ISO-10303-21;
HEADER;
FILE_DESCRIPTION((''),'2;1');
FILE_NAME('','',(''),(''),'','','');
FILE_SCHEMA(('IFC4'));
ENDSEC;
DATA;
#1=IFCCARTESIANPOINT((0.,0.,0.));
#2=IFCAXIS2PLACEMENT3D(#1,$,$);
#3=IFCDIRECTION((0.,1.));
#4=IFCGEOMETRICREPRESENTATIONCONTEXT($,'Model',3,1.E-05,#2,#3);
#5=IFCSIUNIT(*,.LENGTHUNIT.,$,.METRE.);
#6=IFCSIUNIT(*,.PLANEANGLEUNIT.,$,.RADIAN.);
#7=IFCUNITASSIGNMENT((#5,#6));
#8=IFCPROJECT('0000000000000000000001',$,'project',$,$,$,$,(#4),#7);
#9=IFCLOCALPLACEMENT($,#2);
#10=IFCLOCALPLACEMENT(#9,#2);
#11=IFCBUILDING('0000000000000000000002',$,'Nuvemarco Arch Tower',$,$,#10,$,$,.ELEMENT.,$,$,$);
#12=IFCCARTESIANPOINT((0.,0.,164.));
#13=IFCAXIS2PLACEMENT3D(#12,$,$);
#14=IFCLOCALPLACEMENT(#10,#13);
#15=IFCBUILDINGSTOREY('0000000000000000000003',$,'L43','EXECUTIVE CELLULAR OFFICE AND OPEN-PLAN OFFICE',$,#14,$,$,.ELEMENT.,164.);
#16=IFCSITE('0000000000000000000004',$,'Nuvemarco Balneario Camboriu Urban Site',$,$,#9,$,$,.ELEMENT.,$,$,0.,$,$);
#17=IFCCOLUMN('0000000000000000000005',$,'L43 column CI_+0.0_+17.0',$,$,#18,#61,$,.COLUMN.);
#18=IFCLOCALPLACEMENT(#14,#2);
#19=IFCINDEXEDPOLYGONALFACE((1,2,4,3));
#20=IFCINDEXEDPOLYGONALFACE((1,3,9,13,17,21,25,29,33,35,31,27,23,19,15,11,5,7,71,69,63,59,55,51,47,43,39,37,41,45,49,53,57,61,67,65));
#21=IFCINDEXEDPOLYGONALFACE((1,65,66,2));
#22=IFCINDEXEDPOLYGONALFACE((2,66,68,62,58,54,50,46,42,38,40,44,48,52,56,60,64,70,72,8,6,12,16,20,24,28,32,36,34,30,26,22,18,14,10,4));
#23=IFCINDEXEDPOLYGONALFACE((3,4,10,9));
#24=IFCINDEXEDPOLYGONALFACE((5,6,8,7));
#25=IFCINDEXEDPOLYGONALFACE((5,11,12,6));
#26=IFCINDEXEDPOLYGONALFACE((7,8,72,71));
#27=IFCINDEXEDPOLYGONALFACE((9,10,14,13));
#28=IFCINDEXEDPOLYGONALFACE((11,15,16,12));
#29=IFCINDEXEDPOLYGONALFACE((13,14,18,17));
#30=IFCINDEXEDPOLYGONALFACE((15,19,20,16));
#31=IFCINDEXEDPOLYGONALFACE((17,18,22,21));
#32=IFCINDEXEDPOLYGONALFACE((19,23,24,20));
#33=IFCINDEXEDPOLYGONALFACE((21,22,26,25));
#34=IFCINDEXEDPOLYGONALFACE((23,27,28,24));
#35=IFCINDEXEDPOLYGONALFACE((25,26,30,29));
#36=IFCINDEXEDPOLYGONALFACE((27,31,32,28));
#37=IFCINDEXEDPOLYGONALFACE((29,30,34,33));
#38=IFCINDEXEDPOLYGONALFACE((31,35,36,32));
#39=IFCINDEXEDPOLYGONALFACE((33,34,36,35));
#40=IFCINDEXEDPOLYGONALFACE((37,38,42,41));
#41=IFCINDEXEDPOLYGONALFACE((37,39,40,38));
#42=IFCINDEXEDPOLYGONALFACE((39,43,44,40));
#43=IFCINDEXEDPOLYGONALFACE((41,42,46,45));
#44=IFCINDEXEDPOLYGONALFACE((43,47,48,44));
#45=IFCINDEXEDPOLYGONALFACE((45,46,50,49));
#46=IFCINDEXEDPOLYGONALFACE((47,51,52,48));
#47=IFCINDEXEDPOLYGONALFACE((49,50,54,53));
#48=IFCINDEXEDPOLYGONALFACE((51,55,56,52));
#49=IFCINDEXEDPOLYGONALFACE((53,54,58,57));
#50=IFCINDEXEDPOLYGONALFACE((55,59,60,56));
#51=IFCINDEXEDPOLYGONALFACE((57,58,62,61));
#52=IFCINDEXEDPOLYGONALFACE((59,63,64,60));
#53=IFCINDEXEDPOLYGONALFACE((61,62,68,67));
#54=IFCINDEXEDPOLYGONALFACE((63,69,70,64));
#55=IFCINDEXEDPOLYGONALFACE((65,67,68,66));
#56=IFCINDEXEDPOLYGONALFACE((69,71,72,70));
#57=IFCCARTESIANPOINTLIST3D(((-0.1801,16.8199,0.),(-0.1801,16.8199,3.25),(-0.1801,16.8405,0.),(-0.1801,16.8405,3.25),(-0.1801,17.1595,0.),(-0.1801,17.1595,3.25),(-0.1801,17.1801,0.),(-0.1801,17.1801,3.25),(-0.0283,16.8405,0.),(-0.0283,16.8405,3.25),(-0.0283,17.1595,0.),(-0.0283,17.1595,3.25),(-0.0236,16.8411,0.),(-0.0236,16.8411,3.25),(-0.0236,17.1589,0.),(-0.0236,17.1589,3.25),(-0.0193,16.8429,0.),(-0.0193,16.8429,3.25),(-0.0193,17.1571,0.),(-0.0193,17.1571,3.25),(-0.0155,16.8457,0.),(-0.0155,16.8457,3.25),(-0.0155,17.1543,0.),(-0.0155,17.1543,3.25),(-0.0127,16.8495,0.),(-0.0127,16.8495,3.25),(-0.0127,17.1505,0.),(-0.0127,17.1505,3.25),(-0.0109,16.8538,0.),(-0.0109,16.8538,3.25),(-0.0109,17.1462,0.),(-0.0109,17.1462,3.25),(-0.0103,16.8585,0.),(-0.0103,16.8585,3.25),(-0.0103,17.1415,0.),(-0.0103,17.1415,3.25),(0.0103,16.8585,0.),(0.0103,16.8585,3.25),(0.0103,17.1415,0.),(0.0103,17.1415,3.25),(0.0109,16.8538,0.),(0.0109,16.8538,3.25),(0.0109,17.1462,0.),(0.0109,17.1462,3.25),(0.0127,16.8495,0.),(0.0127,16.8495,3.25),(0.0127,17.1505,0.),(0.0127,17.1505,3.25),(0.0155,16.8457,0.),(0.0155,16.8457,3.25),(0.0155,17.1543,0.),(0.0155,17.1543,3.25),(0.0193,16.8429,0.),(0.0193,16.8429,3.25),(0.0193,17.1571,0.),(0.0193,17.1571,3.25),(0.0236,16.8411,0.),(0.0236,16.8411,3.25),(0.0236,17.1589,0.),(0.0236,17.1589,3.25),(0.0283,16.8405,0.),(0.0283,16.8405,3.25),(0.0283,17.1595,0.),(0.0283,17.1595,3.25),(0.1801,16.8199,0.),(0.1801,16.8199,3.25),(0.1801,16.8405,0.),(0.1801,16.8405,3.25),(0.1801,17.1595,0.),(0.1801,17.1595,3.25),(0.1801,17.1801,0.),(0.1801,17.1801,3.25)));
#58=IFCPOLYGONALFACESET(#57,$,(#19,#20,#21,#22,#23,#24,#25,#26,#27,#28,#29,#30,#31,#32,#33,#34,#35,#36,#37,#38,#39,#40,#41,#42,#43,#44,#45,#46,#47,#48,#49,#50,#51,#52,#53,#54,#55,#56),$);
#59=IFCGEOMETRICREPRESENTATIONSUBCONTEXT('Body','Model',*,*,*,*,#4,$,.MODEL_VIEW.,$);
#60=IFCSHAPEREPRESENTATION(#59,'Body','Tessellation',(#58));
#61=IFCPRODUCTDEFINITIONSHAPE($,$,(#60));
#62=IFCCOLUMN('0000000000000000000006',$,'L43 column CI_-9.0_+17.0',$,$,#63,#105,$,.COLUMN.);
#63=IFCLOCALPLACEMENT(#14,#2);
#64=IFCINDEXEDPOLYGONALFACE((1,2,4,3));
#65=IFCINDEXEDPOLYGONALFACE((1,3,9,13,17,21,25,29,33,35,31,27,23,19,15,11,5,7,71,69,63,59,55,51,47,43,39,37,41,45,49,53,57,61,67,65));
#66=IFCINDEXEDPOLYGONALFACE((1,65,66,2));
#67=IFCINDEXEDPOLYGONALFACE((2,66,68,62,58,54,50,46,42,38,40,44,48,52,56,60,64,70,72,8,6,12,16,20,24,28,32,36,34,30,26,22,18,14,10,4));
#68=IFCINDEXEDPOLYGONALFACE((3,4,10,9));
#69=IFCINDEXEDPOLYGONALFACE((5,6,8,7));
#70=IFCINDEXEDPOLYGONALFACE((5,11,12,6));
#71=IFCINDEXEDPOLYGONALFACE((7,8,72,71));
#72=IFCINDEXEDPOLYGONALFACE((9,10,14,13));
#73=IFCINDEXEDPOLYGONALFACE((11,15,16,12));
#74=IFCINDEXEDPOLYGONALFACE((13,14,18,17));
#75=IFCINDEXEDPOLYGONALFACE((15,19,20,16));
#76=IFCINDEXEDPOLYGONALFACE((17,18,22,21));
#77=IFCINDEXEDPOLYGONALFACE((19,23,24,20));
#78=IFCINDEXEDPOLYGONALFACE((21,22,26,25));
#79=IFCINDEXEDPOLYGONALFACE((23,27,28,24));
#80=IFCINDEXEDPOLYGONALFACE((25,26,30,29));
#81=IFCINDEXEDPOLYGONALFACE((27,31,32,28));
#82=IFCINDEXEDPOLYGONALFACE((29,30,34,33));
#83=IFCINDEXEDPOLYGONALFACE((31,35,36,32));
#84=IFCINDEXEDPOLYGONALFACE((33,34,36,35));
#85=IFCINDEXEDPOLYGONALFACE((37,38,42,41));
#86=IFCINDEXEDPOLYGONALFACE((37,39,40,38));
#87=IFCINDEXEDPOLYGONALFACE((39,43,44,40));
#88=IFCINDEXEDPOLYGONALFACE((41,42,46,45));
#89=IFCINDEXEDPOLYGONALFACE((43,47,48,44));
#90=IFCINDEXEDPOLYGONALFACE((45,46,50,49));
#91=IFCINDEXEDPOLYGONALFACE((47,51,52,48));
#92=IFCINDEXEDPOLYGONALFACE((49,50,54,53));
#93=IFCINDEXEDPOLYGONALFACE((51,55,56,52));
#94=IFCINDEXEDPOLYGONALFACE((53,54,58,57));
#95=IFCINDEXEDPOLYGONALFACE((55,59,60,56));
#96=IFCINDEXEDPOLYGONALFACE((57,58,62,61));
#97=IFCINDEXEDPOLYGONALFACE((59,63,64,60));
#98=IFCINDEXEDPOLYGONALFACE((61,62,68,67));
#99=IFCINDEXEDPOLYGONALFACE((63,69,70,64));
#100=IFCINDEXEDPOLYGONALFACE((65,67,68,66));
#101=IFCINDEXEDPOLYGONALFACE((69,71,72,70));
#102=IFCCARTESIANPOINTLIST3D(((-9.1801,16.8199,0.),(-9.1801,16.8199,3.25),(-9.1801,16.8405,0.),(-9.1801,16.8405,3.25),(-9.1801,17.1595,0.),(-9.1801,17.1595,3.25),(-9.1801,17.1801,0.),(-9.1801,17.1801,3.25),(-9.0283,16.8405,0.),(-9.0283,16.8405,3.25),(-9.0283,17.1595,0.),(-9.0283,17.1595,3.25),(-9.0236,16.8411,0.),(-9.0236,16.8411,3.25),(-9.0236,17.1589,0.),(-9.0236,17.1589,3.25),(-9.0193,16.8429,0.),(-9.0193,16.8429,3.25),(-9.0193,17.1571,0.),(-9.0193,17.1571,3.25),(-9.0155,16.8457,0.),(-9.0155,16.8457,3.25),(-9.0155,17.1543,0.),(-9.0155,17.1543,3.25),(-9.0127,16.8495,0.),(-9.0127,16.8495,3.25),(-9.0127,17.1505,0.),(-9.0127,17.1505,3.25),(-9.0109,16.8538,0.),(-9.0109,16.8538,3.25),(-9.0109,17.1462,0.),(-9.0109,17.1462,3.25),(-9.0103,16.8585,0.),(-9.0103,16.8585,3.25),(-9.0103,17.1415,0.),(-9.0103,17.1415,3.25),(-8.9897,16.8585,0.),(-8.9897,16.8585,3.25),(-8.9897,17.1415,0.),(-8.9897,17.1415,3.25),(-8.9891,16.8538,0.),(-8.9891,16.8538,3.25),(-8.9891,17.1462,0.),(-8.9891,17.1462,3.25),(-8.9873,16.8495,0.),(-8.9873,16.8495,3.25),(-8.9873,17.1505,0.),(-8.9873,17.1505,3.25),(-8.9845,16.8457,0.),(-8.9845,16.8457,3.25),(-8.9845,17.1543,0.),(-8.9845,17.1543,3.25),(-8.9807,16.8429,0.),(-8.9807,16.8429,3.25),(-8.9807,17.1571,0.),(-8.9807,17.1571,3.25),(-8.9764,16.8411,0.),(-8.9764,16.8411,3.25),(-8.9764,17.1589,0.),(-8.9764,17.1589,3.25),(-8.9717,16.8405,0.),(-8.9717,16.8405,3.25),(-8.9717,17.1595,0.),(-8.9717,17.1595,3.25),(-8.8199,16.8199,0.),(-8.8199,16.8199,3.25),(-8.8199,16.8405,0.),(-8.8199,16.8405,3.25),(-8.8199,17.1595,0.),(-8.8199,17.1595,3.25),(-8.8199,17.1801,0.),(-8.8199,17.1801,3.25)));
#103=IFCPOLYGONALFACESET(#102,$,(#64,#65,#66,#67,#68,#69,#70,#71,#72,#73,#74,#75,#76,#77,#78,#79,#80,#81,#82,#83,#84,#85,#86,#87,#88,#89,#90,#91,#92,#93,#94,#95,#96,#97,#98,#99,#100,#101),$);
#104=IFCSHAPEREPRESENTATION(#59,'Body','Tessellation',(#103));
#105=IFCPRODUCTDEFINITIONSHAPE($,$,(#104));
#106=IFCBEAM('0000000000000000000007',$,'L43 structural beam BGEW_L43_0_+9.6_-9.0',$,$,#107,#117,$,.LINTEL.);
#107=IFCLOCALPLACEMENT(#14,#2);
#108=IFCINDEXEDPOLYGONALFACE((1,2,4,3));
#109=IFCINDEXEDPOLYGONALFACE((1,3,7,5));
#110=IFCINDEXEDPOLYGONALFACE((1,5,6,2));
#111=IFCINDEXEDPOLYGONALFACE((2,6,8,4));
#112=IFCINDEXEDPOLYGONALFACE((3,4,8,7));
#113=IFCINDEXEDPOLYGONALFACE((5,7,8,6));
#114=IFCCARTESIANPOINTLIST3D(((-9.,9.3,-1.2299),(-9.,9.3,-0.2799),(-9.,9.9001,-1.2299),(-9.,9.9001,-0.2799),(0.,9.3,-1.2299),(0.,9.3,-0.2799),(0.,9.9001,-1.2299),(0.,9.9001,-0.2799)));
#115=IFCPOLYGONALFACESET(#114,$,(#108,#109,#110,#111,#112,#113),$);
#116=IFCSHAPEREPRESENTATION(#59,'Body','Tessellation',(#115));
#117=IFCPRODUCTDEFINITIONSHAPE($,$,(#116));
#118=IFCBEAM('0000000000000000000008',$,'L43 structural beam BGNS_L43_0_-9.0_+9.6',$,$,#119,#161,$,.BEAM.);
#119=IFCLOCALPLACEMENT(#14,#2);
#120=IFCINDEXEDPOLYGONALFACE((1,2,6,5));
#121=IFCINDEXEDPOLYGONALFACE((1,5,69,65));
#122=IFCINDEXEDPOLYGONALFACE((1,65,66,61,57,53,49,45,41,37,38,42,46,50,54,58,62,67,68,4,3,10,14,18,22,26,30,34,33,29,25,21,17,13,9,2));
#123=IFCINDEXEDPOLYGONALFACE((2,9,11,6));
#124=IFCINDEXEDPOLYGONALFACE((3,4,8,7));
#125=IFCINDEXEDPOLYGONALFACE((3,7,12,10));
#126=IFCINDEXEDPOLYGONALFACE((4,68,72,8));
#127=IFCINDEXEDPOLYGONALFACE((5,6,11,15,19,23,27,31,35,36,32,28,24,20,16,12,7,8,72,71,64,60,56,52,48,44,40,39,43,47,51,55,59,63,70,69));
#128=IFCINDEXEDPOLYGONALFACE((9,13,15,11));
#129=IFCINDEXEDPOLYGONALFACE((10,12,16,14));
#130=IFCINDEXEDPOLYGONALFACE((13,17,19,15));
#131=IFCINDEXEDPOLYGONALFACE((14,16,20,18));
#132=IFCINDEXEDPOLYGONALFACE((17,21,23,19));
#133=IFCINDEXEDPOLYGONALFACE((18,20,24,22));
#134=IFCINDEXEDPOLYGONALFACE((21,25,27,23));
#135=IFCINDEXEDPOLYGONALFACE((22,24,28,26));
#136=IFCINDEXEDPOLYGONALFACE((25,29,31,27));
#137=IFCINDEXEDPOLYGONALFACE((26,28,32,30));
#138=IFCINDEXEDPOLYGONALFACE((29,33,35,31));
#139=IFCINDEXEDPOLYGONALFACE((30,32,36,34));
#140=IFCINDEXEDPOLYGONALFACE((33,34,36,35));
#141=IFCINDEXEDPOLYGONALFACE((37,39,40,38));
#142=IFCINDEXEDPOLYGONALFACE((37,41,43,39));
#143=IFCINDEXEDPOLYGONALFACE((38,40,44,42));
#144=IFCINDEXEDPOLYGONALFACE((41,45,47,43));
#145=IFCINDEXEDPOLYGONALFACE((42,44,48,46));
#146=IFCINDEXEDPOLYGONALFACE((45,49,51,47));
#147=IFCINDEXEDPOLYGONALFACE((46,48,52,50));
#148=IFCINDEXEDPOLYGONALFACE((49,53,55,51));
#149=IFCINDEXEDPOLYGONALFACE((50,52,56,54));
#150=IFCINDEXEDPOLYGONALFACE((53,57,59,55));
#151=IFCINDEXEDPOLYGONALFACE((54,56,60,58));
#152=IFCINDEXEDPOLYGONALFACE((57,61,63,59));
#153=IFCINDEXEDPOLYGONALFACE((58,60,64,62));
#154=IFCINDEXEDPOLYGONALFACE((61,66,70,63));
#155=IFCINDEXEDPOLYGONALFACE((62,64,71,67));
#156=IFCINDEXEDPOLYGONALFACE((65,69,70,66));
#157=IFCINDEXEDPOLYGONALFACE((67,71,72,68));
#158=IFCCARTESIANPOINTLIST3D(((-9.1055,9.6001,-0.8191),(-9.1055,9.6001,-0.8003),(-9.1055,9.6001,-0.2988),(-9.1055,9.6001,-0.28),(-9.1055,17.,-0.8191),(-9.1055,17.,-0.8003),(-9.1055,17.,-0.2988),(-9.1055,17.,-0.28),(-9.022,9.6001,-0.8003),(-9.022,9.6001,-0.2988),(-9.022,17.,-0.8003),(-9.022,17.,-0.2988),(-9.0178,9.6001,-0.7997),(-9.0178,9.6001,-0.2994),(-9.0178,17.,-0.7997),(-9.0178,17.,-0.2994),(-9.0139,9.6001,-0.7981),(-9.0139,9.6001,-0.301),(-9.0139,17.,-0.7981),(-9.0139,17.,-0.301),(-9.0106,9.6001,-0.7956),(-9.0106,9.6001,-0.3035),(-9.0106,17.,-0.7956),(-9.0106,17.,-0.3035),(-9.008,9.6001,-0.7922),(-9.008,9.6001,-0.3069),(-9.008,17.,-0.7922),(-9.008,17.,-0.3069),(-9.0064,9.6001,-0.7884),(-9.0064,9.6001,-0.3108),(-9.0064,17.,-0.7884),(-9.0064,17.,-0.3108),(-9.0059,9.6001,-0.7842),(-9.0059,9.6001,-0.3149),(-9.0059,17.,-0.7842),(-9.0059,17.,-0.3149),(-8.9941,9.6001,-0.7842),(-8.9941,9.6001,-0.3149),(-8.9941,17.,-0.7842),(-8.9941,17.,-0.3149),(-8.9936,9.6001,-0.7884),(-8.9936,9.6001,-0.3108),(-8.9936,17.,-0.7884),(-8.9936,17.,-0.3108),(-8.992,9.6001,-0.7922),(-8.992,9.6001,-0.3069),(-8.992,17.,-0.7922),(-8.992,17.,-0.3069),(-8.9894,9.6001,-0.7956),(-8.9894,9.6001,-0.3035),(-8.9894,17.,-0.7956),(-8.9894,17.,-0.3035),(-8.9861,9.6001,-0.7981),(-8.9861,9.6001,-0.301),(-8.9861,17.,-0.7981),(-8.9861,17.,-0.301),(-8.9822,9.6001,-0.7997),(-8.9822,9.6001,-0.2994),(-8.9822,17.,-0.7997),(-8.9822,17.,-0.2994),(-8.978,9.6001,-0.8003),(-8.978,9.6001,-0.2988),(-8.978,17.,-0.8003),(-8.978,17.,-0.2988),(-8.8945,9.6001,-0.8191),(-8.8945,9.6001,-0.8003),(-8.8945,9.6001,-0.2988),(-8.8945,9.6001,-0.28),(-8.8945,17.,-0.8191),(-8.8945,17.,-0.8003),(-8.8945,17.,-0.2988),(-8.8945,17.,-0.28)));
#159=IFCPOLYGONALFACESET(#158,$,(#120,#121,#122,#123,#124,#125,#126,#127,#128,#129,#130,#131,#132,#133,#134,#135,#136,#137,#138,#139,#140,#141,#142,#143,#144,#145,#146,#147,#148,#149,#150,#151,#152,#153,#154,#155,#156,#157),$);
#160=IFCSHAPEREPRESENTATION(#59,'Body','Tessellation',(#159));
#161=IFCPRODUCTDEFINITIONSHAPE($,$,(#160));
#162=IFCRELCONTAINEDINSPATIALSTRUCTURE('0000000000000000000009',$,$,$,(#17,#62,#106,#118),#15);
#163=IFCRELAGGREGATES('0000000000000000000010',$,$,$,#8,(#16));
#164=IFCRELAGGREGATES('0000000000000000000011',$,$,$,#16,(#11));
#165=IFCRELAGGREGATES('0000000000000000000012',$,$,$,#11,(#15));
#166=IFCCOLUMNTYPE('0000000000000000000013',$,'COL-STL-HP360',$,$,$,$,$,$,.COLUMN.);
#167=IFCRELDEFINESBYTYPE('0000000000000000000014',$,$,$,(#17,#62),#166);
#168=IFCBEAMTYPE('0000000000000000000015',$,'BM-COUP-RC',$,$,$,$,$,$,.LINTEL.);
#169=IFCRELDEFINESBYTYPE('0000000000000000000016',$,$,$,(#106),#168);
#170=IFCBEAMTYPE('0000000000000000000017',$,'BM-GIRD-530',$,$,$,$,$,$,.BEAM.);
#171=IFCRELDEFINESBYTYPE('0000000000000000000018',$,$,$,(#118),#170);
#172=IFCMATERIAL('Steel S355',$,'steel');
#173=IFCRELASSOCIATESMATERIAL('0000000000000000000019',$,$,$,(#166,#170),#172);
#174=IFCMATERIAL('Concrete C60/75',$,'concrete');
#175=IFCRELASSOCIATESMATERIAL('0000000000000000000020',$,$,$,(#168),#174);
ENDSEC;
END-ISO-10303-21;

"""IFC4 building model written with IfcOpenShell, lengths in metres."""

from ifc_helpers import new_model, si_unit, direction, frame, origin, origin_2d, place, context, subcontext, project, spatial, rectangle, i_section, extrude, material, material_profile, profile_set, type_object, element, save


model = new_model("IFC4")

# Units and contexts
model_context = context("Model", 3, precision=1e-05, world=origin(), true_north=direction((0.0, 1.0)))
body_context = subcontext(model_context, "Body", "Model", "MODEL_VIEW")
ifc_project = project(units=[si_unit("LENGTHUNIT", "METRE"), si_unit("PLANEANGLEUNIT", "RADIAN")], contexts=[model_context])

# Site, building, storey
site_placement = place(None, origin())
site = spatial("IfcSite", under=ifc_project, at=site_placement, Name="Nuvemarco Balneario Camboriu Urban Site", CompositionType="ELEMENT", RefElevation=0.0)
building_placement = place(site_placement, origin())
building = spatial("IfcBuilding", under=site, at=building_placement, Name="Nuvemarco Arch Tower", CompositionType="ELEMENT")
storey_placement = place(building_placement, frame((0.0, 0.0, 164.0)))
storey = spatial("IfcBuildingStorey", under=building, at=storey_placement, Name="L43", Description="EXECUTIVE CELLULAR OFFICE AND OPEN-PLAN OFFICE", CompositionType="ELEMENT", Elevation=164.0)

# Columns
ifc_material_1 = material(Name="Steel S355", Category="steel")
ifc_material_profile_1 = material_profile(ifc_material_1, i_section(OverallWidth=0.3601, OverallDepth=0.3601, WebThickness=0.0205, FlangeThickness=0.0205, FilletRadius=0.0181, at=origin_2d()), Name="HP360x174")
ifc_profile_set_1 = profile_set([ifc_material_profile_1], Name="Steel S355")
column_type_1 = type_object("IfcColumnType", Name="COL-STL-HP360", PredefinedType="COLUMN", material=ifc_profile_set_1)
for number, where, z_axis, x_axis, name in (
    (1, (0.0, 17.0, 0.0), (0.0, 0.0, 1.0), (1.0, 0.0, 0.0), "L43 column CI_+0.0_+17.0"),
    (2, (-9.0, 17.0, 0.0), (0.0, 0.0, 1.0), (1.0, 0.0, 0.0), "L43 column CI_-9.0_+17.0"),
):
    element("IfcColumn", number, at=place(storey_placement, frame(where, z_axis=z_axis, x_axis=x_axis)), inside=storey, type_object=column_type_1, Name=name, PredefinedType="COLUMN", context=body_context, shape_type="SweptSolid", body=[
        extrude(i_section(OverallWidth=0.3601, OverallDepth=0.3601, WebThickness=0.0205, FlangeThickness=0.0205, FilletRadius=0.0181, at=origin_2d()), origin(), (0.0, 0.0, 1.0), 3.25),
    ])

# Beams
ifc_material_2 = material(Name="Concrete C60/75", Category="concrete")
ifc_material_profile_2 = material_profile(ifc_material_2, rectangle(XDim=0.6001, YDim=0.95, at=origin_2d()), Name="RC-BM-600x950")
ifc_profile_set_2 = profile_set([ifc_material_profile_2], Name="Concrete C60/75")
beam_type_1 = type_object("IfcBeamType", Name="BM-COUP-RC", PredefinedType="LINTEL", material=ifc_profile_set_2)
beam_1_placement = place(storey_placement, frame((-9.0, 9.6001, -0.7549), z_axis=(1.0, 0.0, 0.0), x_axis=(0.0, 1.0, 0.0)))
element("IfcBeam", 3, at=beam_1_placement, inside=storey, type_object=beam_type_1, Name="L43 structural beam BGEW_L43_0_+9.6_-9.0", PredefinedType="LINTEL", context=body_context, shape_type="SweptSolid", body=[
    extrude(rectangle(XDim=0.6001, YDim=0.95, at=origin_2d()), origin(), (0.0, 0.0, 1.0), 9.0),
])
ifc_material_profile_3 = material_profile(ifc_material_1, i_section(OverallWidth=0.2109, OverallDepth=0.5391, WebThickness=0.0117, FlangeThickness=0.0188, FilletRadius=0.0161, at=origin_2d()), Name="W530x109")
ifc_profile_set_3 = profile_set([ifc_material_profile_3], Name="Steel S355")
beam_type_2 = type_object("IfcBeamType", Name="BM-GIRD-530", PredefinedType="BEAM", material=ifc_profile_set_3)
beam_2_placement = place(storey_placement, frame((-9.0, 9.6001, -0.5496), z_axis=(0.0, 1.0, 0.0), x_axis=(-1.0, 0.0, 0.0)))
element("IfcBeam", 4, at=beam_2_placement, inside=storey, type_object=beam_type_2, Name="L43 structural beam BGNS_L43_0_-9.0_+9.6", PredefinedType="BEAM", context=body_context, shape_type="SweptSolid", body=[
    extrude(i_section(OverallWidth=0.2109, OverallDepth=0.5391, WebThickness=0.0117, FlangeThickness=0.0188, FilletRadius=0.0161, at=origin_2d()), origin(), (0.0, 0.0, 1.0), 7.3999),
])

save(model, "model.ifc")
